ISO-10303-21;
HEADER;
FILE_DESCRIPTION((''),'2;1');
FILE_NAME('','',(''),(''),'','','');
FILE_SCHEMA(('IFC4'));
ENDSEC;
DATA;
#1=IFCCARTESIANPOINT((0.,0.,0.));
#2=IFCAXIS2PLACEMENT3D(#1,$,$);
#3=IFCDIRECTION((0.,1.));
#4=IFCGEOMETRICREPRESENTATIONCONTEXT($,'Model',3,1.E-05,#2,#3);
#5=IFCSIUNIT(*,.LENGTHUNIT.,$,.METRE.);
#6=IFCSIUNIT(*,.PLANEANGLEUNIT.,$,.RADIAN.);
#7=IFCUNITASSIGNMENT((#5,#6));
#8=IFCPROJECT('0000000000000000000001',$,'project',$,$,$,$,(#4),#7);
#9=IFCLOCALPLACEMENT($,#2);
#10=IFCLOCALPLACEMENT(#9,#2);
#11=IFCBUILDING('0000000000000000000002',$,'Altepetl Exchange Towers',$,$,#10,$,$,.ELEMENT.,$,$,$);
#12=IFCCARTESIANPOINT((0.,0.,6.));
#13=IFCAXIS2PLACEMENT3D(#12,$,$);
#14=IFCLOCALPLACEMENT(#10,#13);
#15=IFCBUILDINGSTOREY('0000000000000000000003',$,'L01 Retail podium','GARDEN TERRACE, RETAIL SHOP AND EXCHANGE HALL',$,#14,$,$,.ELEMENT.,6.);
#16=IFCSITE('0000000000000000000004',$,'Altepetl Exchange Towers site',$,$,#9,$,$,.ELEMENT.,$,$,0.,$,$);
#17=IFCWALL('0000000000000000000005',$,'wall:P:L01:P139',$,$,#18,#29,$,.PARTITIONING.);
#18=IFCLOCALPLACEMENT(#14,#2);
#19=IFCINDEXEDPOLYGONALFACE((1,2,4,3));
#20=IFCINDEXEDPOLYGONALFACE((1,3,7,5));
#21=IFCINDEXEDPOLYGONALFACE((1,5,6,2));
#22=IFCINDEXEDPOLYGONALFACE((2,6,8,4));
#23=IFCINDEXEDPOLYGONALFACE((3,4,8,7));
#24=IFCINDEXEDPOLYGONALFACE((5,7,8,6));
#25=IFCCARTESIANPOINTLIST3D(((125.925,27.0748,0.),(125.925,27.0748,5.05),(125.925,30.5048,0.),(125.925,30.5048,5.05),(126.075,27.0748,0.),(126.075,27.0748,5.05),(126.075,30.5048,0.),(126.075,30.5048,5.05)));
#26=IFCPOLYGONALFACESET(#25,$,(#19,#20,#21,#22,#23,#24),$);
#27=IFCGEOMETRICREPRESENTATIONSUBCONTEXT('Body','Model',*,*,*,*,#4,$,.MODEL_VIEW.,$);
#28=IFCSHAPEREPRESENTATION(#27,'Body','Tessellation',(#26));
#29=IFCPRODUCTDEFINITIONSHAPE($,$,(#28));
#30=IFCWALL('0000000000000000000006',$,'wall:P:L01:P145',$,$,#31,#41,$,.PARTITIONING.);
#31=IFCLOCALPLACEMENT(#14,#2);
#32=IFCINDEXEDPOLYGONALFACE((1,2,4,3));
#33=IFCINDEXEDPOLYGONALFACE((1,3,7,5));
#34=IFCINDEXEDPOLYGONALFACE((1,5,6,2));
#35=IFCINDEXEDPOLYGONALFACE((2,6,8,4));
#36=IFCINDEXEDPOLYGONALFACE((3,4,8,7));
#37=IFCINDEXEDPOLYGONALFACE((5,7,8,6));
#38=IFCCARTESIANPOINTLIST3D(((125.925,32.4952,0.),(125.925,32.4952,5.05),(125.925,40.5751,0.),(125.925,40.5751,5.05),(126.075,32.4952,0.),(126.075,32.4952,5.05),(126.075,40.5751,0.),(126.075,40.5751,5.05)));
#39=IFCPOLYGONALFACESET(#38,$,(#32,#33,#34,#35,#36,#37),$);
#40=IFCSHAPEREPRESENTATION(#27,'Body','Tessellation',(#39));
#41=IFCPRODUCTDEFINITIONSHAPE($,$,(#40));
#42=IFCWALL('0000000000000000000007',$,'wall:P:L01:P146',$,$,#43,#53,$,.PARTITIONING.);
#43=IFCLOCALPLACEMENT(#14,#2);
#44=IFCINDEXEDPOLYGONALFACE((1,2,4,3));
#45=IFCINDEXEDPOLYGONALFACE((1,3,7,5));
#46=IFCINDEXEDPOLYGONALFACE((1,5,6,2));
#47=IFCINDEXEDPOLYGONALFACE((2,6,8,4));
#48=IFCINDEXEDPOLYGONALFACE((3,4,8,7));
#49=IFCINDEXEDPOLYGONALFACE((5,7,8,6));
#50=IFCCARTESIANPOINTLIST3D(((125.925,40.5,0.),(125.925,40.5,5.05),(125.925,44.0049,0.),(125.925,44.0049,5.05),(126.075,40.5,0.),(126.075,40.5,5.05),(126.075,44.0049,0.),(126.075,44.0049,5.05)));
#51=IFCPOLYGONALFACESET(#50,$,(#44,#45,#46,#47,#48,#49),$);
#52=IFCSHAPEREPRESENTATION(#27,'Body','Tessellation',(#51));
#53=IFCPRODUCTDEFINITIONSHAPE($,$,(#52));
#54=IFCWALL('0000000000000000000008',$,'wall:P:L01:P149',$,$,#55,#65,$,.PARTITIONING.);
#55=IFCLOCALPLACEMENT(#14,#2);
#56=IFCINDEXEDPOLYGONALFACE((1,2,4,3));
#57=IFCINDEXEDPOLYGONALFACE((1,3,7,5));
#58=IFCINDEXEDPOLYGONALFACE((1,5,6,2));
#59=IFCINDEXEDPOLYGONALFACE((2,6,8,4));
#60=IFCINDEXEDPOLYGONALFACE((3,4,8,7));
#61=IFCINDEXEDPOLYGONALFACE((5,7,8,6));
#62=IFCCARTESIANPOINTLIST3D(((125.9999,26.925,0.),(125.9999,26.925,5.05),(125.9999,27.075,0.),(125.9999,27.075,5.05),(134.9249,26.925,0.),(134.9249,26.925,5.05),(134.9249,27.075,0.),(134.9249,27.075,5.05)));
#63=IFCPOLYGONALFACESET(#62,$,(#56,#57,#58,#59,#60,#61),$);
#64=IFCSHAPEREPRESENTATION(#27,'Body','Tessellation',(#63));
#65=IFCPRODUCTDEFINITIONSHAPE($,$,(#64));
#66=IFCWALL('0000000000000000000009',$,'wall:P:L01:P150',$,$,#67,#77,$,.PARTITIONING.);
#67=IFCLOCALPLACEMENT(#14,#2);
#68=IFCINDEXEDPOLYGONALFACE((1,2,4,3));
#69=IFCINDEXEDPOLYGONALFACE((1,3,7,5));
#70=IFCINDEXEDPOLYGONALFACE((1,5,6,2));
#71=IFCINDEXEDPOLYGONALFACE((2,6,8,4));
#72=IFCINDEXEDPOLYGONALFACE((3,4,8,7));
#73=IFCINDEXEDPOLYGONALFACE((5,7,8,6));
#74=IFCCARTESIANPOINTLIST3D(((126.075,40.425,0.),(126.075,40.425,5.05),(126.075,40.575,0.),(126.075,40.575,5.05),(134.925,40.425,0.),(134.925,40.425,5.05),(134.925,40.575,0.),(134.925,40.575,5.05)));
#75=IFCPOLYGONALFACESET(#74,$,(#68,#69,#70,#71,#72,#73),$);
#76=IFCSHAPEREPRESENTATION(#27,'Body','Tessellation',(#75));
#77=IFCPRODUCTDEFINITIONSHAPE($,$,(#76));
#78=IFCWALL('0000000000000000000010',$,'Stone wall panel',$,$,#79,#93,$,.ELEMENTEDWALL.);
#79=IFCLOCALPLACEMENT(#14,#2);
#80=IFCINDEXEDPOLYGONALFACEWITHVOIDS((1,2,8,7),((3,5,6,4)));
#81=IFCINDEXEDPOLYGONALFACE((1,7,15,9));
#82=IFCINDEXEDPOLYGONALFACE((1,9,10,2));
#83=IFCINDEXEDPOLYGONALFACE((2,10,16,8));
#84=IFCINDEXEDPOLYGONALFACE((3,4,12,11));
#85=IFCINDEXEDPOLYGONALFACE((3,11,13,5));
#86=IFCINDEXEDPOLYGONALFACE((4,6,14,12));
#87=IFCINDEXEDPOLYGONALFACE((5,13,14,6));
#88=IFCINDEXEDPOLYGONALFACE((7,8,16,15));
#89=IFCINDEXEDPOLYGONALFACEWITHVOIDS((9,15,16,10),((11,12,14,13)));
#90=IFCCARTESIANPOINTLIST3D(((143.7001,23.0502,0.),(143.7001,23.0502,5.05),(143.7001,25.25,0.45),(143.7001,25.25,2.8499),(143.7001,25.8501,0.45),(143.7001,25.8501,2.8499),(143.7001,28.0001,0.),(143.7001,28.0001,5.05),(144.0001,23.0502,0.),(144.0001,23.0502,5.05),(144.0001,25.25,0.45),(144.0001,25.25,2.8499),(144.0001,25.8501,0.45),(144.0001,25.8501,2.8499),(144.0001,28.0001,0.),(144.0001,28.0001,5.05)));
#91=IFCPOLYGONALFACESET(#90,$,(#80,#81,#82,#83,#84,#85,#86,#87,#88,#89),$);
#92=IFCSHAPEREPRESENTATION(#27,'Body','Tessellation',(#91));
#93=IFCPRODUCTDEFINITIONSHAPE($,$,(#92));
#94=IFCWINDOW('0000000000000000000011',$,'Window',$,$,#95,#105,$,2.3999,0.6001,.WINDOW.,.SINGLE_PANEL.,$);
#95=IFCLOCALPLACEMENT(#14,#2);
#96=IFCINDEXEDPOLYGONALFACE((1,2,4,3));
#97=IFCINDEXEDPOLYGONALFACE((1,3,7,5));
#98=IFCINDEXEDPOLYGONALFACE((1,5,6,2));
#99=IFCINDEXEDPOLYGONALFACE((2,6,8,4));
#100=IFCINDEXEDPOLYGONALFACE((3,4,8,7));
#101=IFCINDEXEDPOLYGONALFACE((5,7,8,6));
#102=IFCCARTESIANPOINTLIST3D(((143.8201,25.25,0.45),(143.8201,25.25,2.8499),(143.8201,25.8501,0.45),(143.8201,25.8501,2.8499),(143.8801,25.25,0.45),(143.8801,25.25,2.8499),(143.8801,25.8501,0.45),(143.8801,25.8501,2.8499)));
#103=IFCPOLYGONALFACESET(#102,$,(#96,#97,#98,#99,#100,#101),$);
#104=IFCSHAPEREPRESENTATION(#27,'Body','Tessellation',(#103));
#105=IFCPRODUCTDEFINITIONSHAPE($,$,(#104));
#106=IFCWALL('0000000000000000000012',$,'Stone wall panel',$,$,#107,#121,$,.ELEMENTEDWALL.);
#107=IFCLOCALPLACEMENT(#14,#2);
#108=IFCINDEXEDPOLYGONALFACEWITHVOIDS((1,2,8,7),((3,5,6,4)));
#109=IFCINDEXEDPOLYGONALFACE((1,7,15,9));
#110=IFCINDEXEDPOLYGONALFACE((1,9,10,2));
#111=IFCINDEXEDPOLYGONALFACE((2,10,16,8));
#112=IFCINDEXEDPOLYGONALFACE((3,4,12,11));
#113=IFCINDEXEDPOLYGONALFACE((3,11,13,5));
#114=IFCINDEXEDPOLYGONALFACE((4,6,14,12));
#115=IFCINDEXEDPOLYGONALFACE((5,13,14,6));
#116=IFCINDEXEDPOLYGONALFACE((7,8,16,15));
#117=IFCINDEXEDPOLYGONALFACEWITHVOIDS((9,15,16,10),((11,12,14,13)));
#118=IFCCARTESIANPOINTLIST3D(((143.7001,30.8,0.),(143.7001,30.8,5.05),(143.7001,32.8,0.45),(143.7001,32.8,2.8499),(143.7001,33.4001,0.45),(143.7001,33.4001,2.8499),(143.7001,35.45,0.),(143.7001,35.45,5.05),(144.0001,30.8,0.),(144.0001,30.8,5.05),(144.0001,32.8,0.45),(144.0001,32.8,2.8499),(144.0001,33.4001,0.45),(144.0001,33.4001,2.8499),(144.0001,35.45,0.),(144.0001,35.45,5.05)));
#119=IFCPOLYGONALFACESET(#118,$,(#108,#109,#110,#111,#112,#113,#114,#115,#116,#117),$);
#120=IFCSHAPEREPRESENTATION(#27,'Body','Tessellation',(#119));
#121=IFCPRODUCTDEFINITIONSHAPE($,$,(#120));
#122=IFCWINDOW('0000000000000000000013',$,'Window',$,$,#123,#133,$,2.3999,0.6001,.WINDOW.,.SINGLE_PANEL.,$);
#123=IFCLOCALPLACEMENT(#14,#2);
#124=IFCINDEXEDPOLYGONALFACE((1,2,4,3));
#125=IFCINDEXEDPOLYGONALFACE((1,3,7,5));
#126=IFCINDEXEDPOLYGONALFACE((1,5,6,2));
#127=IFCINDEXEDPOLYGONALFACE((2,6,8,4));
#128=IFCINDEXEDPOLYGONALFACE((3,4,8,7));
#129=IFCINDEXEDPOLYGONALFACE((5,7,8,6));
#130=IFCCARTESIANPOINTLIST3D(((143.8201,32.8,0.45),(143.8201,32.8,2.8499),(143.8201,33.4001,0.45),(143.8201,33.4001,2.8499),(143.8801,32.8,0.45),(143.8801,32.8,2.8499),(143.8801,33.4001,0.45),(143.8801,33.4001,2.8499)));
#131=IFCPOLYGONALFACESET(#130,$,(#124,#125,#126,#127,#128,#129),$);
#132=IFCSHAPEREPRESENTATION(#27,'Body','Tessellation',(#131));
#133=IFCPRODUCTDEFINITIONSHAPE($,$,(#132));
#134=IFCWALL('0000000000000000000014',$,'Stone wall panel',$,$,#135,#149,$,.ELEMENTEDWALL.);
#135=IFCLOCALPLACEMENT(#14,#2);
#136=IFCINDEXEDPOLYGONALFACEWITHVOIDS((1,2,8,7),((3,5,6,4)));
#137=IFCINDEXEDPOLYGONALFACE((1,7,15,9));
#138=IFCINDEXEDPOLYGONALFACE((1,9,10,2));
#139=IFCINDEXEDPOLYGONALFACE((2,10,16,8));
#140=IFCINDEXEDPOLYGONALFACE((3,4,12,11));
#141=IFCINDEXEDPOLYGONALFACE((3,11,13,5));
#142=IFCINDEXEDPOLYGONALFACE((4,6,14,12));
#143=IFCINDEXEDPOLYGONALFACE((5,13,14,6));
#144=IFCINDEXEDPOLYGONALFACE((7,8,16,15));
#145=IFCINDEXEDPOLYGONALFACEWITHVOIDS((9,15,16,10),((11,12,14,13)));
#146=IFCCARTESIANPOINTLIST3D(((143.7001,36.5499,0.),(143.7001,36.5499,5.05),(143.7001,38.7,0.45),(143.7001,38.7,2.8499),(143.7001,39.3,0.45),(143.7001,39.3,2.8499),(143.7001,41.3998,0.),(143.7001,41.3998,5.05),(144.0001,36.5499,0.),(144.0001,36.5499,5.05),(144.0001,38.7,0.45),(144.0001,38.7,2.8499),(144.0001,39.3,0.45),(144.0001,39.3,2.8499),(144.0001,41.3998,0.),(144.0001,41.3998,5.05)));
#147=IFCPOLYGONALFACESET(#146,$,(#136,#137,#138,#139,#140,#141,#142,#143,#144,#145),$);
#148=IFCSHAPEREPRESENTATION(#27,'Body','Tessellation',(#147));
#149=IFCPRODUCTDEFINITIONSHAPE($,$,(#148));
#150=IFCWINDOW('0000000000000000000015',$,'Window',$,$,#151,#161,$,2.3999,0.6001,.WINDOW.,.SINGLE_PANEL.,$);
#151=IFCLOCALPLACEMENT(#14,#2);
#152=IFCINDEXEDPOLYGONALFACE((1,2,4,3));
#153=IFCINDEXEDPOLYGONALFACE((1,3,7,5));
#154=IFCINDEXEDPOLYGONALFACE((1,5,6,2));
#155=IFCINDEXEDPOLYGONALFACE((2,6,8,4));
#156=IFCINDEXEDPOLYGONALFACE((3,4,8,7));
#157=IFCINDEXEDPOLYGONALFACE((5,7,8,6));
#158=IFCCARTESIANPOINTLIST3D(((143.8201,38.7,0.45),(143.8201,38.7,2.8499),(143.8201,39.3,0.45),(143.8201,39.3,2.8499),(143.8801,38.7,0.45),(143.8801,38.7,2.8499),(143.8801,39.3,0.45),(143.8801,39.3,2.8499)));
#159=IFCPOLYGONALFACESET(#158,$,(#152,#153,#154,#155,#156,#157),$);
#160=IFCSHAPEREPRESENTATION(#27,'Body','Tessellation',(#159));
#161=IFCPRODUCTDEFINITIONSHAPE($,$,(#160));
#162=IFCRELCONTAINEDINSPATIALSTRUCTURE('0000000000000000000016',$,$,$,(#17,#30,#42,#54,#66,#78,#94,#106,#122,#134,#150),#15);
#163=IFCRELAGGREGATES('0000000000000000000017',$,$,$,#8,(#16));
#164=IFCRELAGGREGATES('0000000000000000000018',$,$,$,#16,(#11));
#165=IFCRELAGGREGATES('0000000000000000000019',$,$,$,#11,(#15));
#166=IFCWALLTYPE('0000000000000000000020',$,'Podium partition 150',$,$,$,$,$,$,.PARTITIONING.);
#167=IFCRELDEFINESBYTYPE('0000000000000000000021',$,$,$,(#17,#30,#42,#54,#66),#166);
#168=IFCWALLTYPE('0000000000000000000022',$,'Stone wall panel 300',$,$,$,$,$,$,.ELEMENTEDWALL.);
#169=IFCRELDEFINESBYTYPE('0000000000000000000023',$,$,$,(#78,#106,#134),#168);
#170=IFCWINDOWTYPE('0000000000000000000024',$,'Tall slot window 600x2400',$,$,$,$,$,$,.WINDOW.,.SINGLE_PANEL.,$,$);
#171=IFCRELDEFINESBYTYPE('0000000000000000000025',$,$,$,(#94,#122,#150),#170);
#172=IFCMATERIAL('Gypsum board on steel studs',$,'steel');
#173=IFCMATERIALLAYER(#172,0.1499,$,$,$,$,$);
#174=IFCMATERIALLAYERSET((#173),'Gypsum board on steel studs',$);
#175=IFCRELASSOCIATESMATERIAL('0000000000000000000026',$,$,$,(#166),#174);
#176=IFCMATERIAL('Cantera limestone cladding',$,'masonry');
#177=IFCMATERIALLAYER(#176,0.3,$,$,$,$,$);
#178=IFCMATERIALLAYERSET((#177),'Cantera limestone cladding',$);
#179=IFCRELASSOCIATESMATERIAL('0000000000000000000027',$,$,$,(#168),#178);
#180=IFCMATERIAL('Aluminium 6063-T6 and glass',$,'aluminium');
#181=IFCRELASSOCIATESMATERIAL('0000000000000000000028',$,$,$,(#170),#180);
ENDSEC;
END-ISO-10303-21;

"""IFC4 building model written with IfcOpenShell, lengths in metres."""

from ifc_helpers import new_model, si_unit, direction, frame, frame_2d, origin, place, context, subcontext, project, spatial, rectangle, extrude, material, layer, layer_set, type_object, element, fill, save


model = new_model("IFC4")

# Units and contexts
model_context = context("Model", 3, precision=1e-05, world=origin(), true_north=direction((0.0, 1.0)))
body_context = subcontext(model_context, "Body", "Model", "MODEL_VIEW")
ifc_project = project(units=[si_unit("LENGTHUNIT", "METRE"), si_unit("PLANEANGLEUNIT", "RADIAN")], contexts=[model_context])

# Site, building, storey
site_placement = place(None, origin())
site = spatial("IfcSite", under=ifc_project, at=site_placement, Name="Altepetl Exchange Towers site", CompositionType="ELEMENT", RefElevation=0.0)
building_placement = place(site_placement, origin())
building = spatial("IfcBuilding", under=site, at=building_placement, Name="Altepetl Exchange Towers", CompositionType="ELEMENT")
storey_placement = place(building_placement, frame((0.0, 0.0, 6.0)))
storey = spatial("IfcBuildingStorey", under=building, at=storey_placement, Name="L01 Retail podium", Description="GARDEN TERRACE, RETAIL SHOP AND EXCHANGE HALL", CompositionType="ELEMENT", Elevation=6.0)

# Shared definitions
ifc_material_1 = material(Name="Aluminium 6063-T6 and glass", Category="aluminium")

# Shared definitions
ifc_material_2 = material(Name="Gypsum board on steel studs", Category="steel")
ifc_layer_1 = layer(ifc_material_2, 0.1499)
ifc_layer_set_1 = layer_set([ifc_layer_1], Name="Gypsum board on steel studs")
wall_type_1 = type_object("IfcWallType", Name="Podium partition 150", PredefinedType="PARTITIONING", material=ifc_layer_set_1)

# Walls
wall_1_placement = place(storey_placement, frame((126.0, 27.075, 0.0), z_axis=(0.0, 0.0, 1.0), x_axis=(0.0, 1.0, 0.0)))
element("IfcWall", 1, at=wall_1_placement, inside=storey, type_object=wall_type_1, Name="wall:P:L01:P139", PredefinedType="PARTITIONING", context=body_context, shape_type="SweptSolid", body=[
    extrude(rectangle(XDim=3.4299, YDim=0.1499, at=frame_2d((1.7148, 0.0))), origin(), (0.0, 0.0, 1.0), 5.05),
])
wall_2_placement = place(storey_placement, frame((126.0, 32.4951, 0.0), z_axis=(0.0, 0.0, 1.0), x_axis=(0.0, 1.0, 0.0)))
element("IfcWall", 2, at=wall_2_placement, inside=storey, type_object=wall_type_1, Name="wall:P:L01:P145", PredefinedType="PARTITIONING", context=body_context, shape_type="SweptSolid", body=[
    extrude(rectangle(XDim=8.0798, YDim=0.1499, at=frame_2d((4.04, 0.0))), origin(), (0.0, 0.0, 1.0), 5.05),
])
wall_3_placement = place(storey_placement, frame((126.0, 40.5, 0.0), z_axis=(0.0, 0.0, 1.0), x_axis=(0.0, 1.0, 0.0)))
element("IfcWall", 3, at=wall_3_placement, inside=storey, type_object=wall_type_1, Name="wall:P:L01:P146", PredefinedType="PARTITIONING", context=body_context, shape_type="SweptSolid", body=[
    extrude(rectangle(XDim=3.5049, YDim=0.1499, at=frame_2d((1.7524, 0.0))), origin(), (0.0, 0.0, 1.0), 5.05),
])
wall_4_placement = place(storey_placement, frame((126.0, 27.0, 0.0)))
element("IfcWall", 4, at=wall_4_placement, inside=storey, type_object=wall_type_1, Name="wall:P:L01:P149", PredefinedType="PARTITIONING", context=body_context, shape_type="SweptSolid", body=[
    extrude(rectangle(XDim=8.925, YDim=0.1499, at=frame_2d((4.4624, 0.0))), origin(), (0.0, 0.0, 1.0), 5.05),
])
wall_5_placement = place(storey_placement, frame((126.075, 40.5, 0.0)))
element("IfcWall", 5, at=wall_5_placement, inside=storey, type_object=wall_type_1, Name="wall:P:L01:P150", PredefinedType="PARTITIONING", context=body_context, shape_type="SweptSolid", body=[
    extrude(rectangle(XDim=8.8501, YDim=0.1499, at=frame_2d((4.425, 0.0))), origin(), (0.0, 0.0, 1.0), 5.05),
])

# Walls, openings, windows
ifc_material_3 = material(Name="Cantera limestone cladding", Category="masonry")
ifc_layer_2 = layer(ifc_material_3, 0.3)
ifc_layer_set_2 = layer_set([ifc_layer_2], Name="Cantera limestone cladding")
wall_type_2 = type_object("IfcWallType", Name="Stone wall panel 300", PredefinedType="ELEMENTEDWALL", material=ifc_layer_set_2)
wall_6_placement = place(storey_placement, frame((143.8501, 23.05, 0.0), z_axis=(0.0, 0.0, 1.0), x_axis=(0.0, 1.0, 0.0)))
wall_6 = element("IfcWall", 6, at=wall_6_placement, inside=storey, type_object=wall_type_2, Name="Stone wall panel", PredefinedType="ELEMENTEDWALL", context=body_context, shape_type="SweptSolid", body=[
    extrude(rectangle(XDim=4.95, YDim=0.3, at=frame_2d((2.4751, 0.0))), origin(), (0.0, 0.0, 1.0), 5.05),
])
opening_1_placement = place(wall_6_placement, frame((2.2, 0.0, 0.45)))
opening_1 = element("IfcOpeningElement", 7, at=opening_1_placement, cuts=wall_6, PredefinedType="OPENING", context=body_context, shape_type="SweptSolid", body=[
    extrude(rectangle(XDim=0.6001, YDim=2.3999, at=frame_2d((0.3, 1.2))), frame((0.0, 0.1602, 0.0), z_axis=(0.0, -1.0, 0.0), x_axis=(1.0, 0.0, 0.0)), (0.0, 0.0, 1.0), 0.3201),
])
window_type = type_object("IfcWindowType", Name="Tall slot window 600x2400", PartitioningType="SINGLE_PANEL", PredefinedType="WINDOW", material=ifc_material_1)
window_1_placement = place(opening_1_placement, origin())
window_1 = element("IfcWindow", 8, at=window_1_placement, inside=storey, type_object=window_type, Name="Window", OverallHeight=2.3999, OverallWidth=0.6001, PartitioningType="SINGLE_PANEL", PredefinedType="WINDOW", context=body_context, shape_type="SweptSolid", body=[
    extrude(rectangle(XDim=0.6001, YDim=2.3999, at=frame_2d((0.3, 1.2))), frame((0.0, 0.03, 0.0), z_axis=(0.0, -1.0, 0.0), x_axis=(1.0, 0.0, 0.0)), (0.0, 0.0, 1.0), 0.0601),
])
fill(opening_1, window_1)
wall_7_placement = place(storey_placement, frame((143.8501, 30.8, 0.0), z_axis=(0.0, 0.0, 1.0), x_axis=(0.0, 1.0, 0.0)))
wall_7 = element("IfcWall", 9, at=wall_7_placement, inside=storey, type_object=wall_type_2, Name="Stone wall panel", PredefinedType="ELEMENTEDWALL", context=body_context, shape_type="SweptSolid", body=[
    extrude(rectangle(XDim=4.6499, YDim=0.3, at=frame_2d((2.325, 0.0))), origin(), (0.0, 0.0, 1.0), 5.05),
])
opening_2_placement = place(wall_7_placement, frame((2.0, 0.0, 0.45)))
opening_2 = element("IfcOpeningElement", 10, at=opening_2_placement, cuts=wall_7, PredefinedType="OPENING", context=body_context, shape_type="SweptSolid", body=[
    extrude(rectangle(XDim=0.6001, YDim=2.3999, at=frame_2d((0.3, 1.2))), frame((0.0, 0.1602, 0.0), z_axis=(0.0, -1.0, 0.0), x_axis=(1.0, 0.0, 0.0)), (0.0, 0.0, 1.0), 0.3201),
])
window_2_placement = place(opening_2_placement, origin())
window_2 = element("IfcWindow", 11, at=window_2_placement, inside=storey, type_object=window_type, Name="Window", OverallHeight=2.3999, OverallWidth=0.6001, PartitioningType="SINGLE_PANEL", PredefinedType="WINDOW", context=body_context, shape_type="SweptSolid", body=[
    extrude(rectangle(XDim=0.6001, YDim=2.3999, at=frame_2d((0.3, 1.2))), frame((0.0, 0.03, 0.0), z_axis=(0.0, -1.0, 0.0), x_axis=(1.0, 0.0, 0.0)), (0.0, 0.0, 1.0), 0.0601),
])
fill(opening_2, window_2)
wall_8_placement = place(storey_placement, frame((143.8501, 36.55, 0.0), z_axis=(0.0, 0.0, 1.0), x_axis=(0.0, 1.0, 0.0)))
wall_8 = element("IfcWall", 12, at=wall_8_placement, inside=storey, type_object=wall_type_2, Name="Stone wall panel", PredefinedType="ELEMENTEDWALL", context=body_context, shape_type="SweptSolid", body=[
    extrude(rectangle(XDim=4.8499, YDim=0.3, at=frame_2d((2.4248, 0.0))), origin(), (0.0, 0.0, 1.0), 5.05),
])
opening_3_placement = place(wall_8_placement, frame((2.1499, 0.0, 0.45)))
opening_3 = element("IfcOpeningElement", 13, at=opening_3_placement, cuts=wall_8, PredefinedType="OPENING", context=body_context, shape_type="SweptSolid", body=[
    extrude(rectangle(XDim=0.6001, YDim=2.3999, at=frame_2d((0.3, 1.2))), frame((0.0, 0.1602, 0.0), z_axis=(0.0, -1.0, 0.0), x_axis=(1.0, 0.0, 0.0)), (0.0, 0.0, 1.0), 0.3201),
])
window_3_placement = place(opening_3_placement, origin())
window_3 = element("IfcWindow", 14, at=window_3_placement, inside=storey, type_object=window_type, Name="Window", OverallHeight=2.3999, OverallWidth=0.6001, PartitioningType="SINGLE_PANEL", PredefinedType="WINDOW", context=body_context, shape_type="SweptSolid", body=[
    extrude(rectangle(XDim=0.6001, YDim=2.3999, at=frame_2d((0.3, 1.2))), frame((0.0, 0.03, 0.0), z_axis=(0.0, -1.0, 0.0), x_axis=(1.0, 0.0, 0.0)), (0.0, 0.0, 1.0), 0.0601),
])
fill(opening_3, window_3)

save(model, "model.ifc")
